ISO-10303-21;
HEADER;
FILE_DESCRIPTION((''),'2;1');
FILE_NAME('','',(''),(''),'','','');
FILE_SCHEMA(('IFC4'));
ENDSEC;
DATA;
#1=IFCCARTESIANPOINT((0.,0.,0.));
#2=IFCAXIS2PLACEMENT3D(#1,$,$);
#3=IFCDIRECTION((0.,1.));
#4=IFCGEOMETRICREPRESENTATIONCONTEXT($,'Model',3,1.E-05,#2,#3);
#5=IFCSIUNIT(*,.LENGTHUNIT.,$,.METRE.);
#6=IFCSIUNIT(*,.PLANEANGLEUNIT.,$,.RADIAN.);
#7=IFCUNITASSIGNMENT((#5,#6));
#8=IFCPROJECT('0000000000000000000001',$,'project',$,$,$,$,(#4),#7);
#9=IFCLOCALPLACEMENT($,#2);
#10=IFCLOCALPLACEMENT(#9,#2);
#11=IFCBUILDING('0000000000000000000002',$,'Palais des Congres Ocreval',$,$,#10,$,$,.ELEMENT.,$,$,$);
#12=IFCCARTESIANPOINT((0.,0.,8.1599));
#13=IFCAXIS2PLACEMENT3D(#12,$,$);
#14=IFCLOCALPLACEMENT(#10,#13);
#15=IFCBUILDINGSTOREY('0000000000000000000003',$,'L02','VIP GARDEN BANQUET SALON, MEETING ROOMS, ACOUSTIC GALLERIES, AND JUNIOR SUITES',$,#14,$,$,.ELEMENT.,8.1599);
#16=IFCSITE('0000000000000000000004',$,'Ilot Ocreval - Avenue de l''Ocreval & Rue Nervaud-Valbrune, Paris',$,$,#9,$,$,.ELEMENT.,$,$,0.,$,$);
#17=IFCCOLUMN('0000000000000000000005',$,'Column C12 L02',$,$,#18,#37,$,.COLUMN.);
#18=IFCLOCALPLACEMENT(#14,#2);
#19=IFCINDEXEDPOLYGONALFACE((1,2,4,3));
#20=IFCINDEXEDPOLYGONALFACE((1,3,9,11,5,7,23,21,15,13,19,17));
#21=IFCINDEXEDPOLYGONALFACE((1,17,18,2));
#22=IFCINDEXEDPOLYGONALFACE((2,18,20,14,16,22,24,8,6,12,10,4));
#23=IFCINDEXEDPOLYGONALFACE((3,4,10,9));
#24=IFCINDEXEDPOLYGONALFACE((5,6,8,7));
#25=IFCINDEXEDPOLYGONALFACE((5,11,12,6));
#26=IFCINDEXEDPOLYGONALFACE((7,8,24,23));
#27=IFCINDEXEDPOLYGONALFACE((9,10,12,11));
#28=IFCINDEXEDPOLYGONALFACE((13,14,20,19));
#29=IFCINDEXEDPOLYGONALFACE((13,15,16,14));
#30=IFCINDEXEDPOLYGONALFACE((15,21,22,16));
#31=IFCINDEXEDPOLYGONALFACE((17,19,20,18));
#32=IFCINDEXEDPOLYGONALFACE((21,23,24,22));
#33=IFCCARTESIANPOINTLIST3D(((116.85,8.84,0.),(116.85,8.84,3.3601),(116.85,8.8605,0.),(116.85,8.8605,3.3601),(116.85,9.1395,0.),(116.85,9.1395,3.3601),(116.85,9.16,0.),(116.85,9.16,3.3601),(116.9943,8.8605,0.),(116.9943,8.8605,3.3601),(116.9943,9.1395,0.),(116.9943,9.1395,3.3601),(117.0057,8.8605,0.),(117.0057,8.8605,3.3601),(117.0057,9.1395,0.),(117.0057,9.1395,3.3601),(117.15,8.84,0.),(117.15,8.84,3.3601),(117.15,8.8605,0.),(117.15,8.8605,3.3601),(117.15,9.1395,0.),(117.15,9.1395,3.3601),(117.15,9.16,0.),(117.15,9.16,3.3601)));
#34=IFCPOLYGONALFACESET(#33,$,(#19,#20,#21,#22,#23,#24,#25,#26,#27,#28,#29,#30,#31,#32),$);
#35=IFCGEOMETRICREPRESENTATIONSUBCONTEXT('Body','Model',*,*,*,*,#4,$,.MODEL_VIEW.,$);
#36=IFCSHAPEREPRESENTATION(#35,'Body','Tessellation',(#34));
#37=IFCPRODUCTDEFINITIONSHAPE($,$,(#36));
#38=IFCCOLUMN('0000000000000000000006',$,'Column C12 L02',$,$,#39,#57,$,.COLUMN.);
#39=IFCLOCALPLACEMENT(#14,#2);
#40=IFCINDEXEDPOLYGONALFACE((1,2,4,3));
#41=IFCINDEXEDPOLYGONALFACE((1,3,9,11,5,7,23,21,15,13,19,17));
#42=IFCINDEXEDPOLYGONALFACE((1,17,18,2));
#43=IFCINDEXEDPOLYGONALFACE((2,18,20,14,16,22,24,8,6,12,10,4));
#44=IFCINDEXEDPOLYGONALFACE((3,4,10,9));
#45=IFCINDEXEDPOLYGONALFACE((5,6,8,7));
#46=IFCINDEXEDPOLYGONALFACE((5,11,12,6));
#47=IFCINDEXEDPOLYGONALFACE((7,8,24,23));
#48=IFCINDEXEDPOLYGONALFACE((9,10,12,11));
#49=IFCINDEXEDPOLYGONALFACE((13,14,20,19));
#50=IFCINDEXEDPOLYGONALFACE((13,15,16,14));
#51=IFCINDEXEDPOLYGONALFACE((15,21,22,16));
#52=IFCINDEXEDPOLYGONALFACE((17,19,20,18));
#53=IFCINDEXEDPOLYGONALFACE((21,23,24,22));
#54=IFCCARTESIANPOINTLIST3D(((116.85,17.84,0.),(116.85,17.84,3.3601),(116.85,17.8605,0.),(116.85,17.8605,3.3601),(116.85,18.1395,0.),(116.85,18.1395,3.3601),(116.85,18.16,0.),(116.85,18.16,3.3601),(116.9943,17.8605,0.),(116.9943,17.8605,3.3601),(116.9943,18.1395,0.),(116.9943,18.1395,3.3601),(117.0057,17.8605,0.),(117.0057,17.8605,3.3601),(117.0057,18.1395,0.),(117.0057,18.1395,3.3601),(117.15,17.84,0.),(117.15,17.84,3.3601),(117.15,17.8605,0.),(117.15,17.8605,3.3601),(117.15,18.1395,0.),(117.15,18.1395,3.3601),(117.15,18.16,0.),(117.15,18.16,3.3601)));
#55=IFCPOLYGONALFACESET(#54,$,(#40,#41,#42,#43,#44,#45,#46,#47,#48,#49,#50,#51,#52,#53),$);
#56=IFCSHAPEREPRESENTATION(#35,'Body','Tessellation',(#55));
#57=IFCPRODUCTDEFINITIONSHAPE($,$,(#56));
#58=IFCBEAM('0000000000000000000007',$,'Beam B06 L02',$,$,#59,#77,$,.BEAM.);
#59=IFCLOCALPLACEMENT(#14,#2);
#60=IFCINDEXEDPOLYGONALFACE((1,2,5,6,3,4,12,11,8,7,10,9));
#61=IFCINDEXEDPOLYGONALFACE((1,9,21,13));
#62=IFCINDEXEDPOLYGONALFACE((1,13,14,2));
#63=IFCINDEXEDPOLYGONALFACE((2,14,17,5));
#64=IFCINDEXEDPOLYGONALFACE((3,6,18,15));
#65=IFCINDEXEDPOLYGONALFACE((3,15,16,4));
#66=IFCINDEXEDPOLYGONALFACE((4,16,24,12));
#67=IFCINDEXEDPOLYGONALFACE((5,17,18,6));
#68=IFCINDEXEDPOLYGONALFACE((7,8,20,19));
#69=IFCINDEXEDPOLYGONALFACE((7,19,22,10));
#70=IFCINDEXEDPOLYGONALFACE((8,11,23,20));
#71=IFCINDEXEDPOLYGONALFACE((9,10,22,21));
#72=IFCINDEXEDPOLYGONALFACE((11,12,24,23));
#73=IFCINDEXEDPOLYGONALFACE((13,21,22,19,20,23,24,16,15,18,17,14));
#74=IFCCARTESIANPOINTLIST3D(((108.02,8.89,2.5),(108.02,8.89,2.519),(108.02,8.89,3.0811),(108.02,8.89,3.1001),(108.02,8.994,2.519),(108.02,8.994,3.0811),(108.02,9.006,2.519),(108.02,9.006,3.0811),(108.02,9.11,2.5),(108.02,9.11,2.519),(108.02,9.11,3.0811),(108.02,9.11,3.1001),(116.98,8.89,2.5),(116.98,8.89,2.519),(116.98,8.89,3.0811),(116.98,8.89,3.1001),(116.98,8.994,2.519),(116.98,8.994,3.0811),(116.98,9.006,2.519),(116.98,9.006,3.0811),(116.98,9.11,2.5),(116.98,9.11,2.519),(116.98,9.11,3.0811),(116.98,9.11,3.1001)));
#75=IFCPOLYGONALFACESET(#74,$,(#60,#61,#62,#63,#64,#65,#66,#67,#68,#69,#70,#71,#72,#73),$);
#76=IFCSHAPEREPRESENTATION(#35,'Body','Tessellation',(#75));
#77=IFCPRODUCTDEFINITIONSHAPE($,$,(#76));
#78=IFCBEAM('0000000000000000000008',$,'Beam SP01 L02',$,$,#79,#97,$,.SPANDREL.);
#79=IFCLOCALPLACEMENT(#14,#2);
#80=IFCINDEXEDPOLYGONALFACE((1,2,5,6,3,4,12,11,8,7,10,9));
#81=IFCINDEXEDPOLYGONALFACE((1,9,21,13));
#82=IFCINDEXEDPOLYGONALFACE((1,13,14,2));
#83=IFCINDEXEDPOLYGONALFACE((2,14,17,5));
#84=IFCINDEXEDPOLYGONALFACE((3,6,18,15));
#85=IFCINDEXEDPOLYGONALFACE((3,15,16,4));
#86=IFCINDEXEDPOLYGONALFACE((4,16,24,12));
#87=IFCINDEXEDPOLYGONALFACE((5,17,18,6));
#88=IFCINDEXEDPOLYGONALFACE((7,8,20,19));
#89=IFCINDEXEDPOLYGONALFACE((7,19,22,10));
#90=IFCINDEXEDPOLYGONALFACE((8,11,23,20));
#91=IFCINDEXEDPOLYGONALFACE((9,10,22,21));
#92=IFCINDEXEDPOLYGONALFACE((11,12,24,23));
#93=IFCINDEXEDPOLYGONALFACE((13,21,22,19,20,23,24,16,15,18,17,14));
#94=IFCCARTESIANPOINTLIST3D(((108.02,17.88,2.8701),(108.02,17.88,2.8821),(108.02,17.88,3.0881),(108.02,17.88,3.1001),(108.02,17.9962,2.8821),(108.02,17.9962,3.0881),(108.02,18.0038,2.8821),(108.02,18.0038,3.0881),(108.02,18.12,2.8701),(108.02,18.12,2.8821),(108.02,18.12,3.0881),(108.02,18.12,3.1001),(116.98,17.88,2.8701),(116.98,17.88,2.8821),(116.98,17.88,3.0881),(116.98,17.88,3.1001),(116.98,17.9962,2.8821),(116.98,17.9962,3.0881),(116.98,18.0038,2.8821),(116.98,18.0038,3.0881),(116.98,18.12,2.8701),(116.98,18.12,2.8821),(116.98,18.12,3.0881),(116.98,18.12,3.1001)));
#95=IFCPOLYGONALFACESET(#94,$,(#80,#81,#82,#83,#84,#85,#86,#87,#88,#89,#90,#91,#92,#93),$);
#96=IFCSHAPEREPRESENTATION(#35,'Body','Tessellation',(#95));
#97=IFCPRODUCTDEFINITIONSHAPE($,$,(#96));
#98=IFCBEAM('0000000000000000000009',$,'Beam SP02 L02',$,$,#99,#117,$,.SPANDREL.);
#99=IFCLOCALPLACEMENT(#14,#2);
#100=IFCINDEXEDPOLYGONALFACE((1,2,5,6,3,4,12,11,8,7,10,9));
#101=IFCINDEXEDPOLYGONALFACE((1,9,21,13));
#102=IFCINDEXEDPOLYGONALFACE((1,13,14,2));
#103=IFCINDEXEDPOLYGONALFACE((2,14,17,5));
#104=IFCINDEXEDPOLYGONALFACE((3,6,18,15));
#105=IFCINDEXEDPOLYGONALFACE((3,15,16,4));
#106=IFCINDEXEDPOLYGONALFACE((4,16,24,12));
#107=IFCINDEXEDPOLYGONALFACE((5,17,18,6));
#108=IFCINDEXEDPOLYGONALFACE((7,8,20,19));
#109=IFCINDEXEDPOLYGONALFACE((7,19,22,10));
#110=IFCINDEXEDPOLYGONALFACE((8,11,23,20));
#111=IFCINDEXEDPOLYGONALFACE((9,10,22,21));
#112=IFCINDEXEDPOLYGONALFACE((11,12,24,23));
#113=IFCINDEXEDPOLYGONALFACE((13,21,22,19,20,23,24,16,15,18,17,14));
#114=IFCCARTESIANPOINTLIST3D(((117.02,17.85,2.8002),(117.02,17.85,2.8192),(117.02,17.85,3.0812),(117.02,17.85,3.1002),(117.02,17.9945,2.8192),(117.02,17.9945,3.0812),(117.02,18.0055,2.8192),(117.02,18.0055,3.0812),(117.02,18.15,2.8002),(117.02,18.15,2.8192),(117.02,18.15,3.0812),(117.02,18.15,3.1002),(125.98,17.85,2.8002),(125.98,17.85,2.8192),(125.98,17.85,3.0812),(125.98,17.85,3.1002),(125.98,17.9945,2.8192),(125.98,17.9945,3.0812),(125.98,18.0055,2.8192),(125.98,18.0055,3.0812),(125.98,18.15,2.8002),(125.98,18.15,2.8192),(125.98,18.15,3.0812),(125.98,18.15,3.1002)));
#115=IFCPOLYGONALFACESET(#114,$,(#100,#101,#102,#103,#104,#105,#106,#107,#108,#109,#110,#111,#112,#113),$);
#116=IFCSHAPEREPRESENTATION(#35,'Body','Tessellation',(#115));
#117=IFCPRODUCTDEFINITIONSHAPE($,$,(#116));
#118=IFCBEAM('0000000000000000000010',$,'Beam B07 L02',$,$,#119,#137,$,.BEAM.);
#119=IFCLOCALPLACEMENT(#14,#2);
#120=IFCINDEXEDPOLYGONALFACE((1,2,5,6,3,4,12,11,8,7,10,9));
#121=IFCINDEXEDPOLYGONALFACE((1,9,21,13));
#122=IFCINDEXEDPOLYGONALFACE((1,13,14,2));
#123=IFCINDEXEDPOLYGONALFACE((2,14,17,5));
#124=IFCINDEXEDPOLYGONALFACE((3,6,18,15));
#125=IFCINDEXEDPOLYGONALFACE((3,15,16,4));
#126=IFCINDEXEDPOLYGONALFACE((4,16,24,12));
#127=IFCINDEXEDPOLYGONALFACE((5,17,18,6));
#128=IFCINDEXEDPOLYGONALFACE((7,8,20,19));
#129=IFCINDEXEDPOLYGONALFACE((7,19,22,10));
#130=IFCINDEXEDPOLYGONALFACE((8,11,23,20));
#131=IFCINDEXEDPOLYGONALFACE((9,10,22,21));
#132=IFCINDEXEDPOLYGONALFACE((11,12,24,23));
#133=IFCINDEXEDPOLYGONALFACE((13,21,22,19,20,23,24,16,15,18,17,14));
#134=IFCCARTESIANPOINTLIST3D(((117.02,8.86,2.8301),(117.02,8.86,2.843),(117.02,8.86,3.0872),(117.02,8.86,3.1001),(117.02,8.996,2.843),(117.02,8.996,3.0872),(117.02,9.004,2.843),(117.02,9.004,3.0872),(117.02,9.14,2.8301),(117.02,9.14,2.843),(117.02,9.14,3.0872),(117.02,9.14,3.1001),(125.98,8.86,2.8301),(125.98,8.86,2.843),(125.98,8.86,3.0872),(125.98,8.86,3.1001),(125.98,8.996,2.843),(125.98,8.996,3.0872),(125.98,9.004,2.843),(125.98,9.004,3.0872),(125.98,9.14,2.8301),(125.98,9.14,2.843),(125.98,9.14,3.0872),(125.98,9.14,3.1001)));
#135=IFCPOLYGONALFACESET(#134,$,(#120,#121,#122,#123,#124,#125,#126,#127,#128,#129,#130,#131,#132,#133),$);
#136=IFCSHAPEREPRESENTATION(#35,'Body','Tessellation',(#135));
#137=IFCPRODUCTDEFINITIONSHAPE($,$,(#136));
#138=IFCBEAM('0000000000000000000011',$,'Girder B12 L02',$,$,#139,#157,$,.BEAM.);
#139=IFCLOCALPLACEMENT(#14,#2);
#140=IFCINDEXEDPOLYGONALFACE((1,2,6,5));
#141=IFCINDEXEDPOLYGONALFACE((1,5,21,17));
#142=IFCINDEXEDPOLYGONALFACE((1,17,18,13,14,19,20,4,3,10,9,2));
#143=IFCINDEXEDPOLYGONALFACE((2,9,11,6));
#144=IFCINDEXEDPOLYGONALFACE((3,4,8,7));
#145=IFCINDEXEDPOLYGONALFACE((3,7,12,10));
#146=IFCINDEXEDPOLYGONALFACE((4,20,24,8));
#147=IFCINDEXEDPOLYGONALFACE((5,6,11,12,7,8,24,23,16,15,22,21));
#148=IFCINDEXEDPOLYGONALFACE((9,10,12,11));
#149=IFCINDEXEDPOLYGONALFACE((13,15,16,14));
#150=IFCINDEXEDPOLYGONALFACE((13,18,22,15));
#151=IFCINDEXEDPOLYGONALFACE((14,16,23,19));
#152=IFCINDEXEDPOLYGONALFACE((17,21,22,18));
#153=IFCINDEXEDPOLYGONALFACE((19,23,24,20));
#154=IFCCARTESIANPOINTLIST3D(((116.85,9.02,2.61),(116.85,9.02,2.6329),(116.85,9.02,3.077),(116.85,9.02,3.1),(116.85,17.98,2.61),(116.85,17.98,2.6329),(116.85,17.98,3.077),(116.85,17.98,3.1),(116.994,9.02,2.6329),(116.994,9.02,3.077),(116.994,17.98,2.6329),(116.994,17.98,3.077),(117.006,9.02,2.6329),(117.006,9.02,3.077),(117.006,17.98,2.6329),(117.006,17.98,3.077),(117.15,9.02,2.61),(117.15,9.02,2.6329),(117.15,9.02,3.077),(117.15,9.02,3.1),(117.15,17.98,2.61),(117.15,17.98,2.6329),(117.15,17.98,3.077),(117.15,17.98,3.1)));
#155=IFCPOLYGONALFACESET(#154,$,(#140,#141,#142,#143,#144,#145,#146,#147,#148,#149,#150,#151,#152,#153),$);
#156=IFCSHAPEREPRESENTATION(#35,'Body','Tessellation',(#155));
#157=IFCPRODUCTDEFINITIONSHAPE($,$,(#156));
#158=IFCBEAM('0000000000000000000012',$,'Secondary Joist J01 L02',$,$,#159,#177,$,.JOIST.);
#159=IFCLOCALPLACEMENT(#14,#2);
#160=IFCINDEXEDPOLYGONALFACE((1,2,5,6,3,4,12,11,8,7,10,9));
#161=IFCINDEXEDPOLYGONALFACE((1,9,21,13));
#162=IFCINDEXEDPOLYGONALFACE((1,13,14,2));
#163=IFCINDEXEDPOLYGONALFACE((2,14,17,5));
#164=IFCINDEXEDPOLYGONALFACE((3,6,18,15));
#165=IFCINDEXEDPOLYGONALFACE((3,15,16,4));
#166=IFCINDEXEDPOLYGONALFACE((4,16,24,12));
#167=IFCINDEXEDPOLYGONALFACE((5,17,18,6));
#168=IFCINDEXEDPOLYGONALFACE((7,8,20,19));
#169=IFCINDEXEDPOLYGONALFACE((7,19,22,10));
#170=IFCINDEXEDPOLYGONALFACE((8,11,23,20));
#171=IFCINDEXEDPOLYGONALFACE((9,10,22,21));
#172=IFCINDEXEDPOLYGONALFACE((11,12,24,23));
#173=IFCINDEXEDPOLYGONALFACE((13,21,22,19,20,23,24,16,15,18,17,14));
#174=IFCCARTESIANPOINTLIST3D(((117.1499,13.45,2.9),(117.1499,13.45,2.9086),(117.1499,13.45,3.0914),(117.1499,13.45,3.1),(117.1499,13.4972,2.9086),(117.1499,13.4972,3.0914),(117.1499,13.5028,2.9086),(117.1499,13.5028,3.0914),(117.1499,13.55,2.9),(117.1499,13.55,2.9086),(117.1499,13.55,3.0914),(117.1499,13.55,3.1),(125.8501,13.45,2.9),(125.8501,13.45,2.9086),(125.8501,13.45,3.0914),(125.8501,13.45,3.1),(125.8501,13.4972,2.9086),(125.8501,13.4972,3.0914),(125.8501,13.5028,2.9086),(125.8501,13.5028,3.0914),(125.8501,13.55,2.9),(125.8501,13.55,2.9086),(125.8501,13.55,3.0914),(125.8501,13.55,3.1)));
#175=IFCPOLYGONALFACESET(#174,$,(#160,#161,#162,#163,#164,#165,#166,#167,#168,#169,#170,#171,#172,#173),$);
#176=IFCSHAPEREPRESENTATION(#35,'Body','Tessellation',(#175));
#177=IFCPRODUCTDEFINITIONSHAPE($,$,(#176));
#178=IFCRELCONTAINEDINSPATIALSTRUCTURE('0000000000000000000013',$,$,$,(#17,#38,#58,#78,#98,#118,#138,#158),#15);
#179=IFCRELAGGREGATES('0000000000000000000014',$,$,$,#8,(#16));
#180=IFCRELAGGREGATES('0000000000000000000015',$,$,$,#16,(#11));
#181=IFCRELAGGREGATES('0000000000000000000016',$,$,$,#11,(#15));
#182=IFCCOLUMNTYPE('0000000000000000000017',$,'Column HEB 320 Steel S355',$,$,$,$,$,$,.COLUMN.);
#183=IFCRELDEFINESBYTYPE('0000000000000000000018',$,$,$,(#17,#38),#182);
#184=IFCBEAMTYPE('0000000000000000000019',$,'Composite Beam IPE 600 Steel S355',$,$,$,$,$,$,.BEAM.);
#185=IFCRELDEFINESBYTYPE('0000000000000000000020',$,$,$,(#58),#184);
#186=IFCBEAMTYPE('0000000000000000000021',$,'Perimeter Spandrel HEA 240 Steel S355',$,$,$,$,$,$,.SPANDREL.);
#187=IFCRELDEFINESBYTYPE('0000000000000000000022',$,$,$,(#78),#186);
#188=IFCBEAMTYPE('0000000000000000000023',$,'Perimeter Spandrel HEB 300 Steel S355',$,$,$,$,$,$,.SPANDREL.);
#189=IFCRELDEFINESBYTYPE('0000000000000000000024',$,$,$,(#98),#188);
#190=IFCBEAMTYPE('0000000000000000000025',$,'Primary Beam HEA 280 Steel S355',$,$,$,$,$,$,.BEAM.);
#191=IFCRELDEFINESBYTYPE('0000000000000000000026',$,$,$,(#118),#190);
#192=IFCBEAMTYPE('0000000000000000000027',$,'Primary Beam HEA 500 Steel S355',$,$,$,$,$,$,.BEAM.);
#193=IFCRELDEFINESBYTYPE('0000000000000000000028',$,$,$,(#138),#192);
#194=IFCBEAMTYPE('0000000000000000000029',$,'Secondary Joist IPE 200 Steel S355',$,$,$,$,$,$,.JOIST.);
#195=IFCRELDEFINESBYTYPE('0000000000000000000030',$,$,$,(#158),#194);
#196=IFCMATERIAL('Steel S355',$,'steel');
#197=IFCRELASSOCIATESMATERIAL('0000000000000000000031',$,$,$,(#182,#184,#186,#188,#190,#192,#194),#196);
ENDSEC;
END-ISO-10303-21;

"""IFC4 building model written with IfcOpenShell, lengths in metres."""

from ifc_helpers import new_model, si_unit, direction, frame, origin, origin_2d, place, context, subcontext, project, spatial, i_section, extrude, material, material_profile, profile_set, type_object, element, save


model = new_model("IFC4")

# Units and contexts
model_context = context("Model", 3, precision=1e-05, world=origin(), true_north=direction((0.0, 1.0)))
body_context = subcontext(model_context, "Body", "Model", "MODEL_VIEW")
ifc_project = project(units=[si_unit("LENGTHUNIT", "METRE"), si_unit("PLANEANGLEUNIT", "RADIAN")], contexts=[model_context])

# Site, building, storey
site_placement = place(None, origin())
site = spatial("IfcSite", under=ifc_project, at=site_placement, Name="Ilot Ocreval - Avenue de l'Ocreval & Rue Nervaud-Valbrune, Paris", CompositionType="ELEMENT", RefElevation=0.0)
building_placement = place(site_placement, origin())
building = spatial("IfcBuilding", under=site, at=building_placement, Name="Palais des Congres Ocreval", CompositionType="ELEMENT")
storey_placement = place(building_placement, frame((0.0, 0.0, 8.1599)))
storey = spatial("IfcBuildingStorey", under=building, at=storey_placement, Name="L02", Description="VIP GARDEN BANQUET SALON, MEETING ROOMS, ACOUSTIC GALLERIES, AND JUNIOR SUITES", CompositionType="ELEMENT", Elevation=8.1599)

# Columns
ifc_material_1 = material(Name="Steel S355", Category="steel")
ifc_material_profile_1 = material_profile(ifc_material_1, i_section(OverallWidth=0.3, OverallDepth=0.3201, WebThickness=0.0115, FlangeThickness=0.0205, at=origin_2d()), Name="HEB 320")
ifc_profile_set_1 = profile_set([ifc_material_profile_1], Name="Steel S355")
column_type = type_object("IfcColumnType", Name="Column HEB 320 Steel S355", PredefinedType="COLUMN", material=ifc_profile_set_1)
for number, where, z_axis, x_axis, name in (
    (1, (117.0, 9.0, 0.0), (0.0, 0.0, 1.0), (1.0, 0.0, 0.0), "Column C12 L02"),
    (2, (117.0, 18.0, 0.0), (0.0, 0.0, 1.0), (1.0, 0.0, 0.0), "Column C12 L02"),
):
    element("IfcColumn", number, at=place(storey_placement, frame(where, z_axis=z_axis, x_axis=x_axis)), inside=storey, type_object=column_type, Name=name, PredefinedType="COLUMN", context=body_context, shape_type="SweptSolid", body=[
        extrude(i_section(OverallWidth=0.3, OverallDepth=0.3201, WebThickness=0.0115, FlangeThickness=0.0205, at=origin_2d()), origin(), (0.0, 0.0, 1.0), 3.3601),
    ])

# Beams
ifc_material_profile_2 = material_profile(ifc_material_1, i_section(OverallWidth=0.22, OverallDepth=0.6001, WebThickness=0.012, FlangeThickness=0.019, at=origin_2d()), Name="IPE 600")
ifc_profile_set_2 = profile_set([ifc_material_profile_2], Name="Steel S355")
beam_type_1 = type_object("IfcBeamType", Name="Composite Beam IPE 600 Steel S355", PredefinedType="BEAM", material=ifc_profile_set_2)
beam_1_placement = place(storey_placement, frame((108.02, 9.0, 2.8), z_axis=(1.0, 0.0, 0.0), x_axis=(0.0, 1.0, 0.0)))
element("IfcBeam", 3, at=beam_1_placement, inside=storey, type_object=beam_type_1, Name="Beam B06 L02", PredefinedType="BEAM", context=body_context, shape_type="SweptSolid", body=[
    extrude(i_section(OverallWidth=0.22, OverallDepth=0.6001, WebThickness=0.012, FlangeThickness=0.019, at=origin_2d()), origin(), (0.0, 0.0, 1.0), 8.96),
])
ifc_material_profile_3 = material_profile(ifc_material_1, i_section(OverallWidth=0.24, OverallDepth=0.23, WebThickness=0.0076, FlangeThickness=0.012, at=origin_2d()), Name="HEA 240")
ifc_profile_set_3 = profile_set([ifc_material_profile_3], Name="Steel S355")
beam_type_2 = type_object("IfcBeamType", Name="Perimeter Spandrel HEA 240 Steel S355", PredefinedType="SPANDREL", material=ifc_profile_set_3)
beam_2_placement = place(storey_placement, frame((108.02, 18.0, 2.9851), z_axis=(1.0, 0.0, 0.0), x_axis=(0.0, 1.0, 0.0)))
element("IfcBeam", 4, at=beam_2_placement, inside=storey, type_object=beam_type_2, Name="Beam SP01 L02", PredefinedType="SPANDREL", context=body_context, shape_type="SweptSolid", body=[
    extrude(i_section(OverallWidth=0.24, OverallDepth=0.23, WebThickness=0.0076, FlangeThickness=0.012, at=origin_2d()), origin(), (0.0, 0.0, 1.0), 8.96),
])
ifc_material_profile_4 = material_profile(ifc_material_1, i_section(OverallWidth=0.3, OverallDepth=0.3, WebThickness=0.011, FlangeThickness=0.019, at=origin_2d()), Name="HEB 300")
ifc_profile_set_4 = profile_set([ifc_material_profile_4], Name="Steel S355")
beam_type_3 = type_object("IfcBeamType", Name="Perimeter Spandrel HEB 300 Steel S355", PredefinedType="SPANDREL", material=ifc_profile_set_4)
beam_3_placement = place(storey_placement, frame((117.02, 18.0, 2.9502), z_axis=(1.0, 0.0, 0.0), x_axis=(0.0, 1.0, 0.0)))
element("IfcBeam", 5, at=beam_3_placement, inside=storey, type_object=beam_type_3, Name="Beam SP02 L02", PredefinedType="SPANDREL", context=body_context, shape_type="SweptSolid", body=[
    extrude(i_section(OverallWidth=0.3, OverallDepth=0.3, WebThickness=0.011, FlangeThickness=0.019, at=origin_2d()), origin(), (0.0, 0.0, 1.0), 8.96),
])
ifc_material_profile_5 = material_profile(ifc_material_1, i_section(OverallWidth=0.28, OverallDepth=0.27, WebThickness=0.0081, FlangeThickness=0.0129, at=origin_2d()), Name="HEA 280")
ifc_profile_set_5 = profile_set([ifc_material_profile_5], Name="Steel S355")
beam_type_4 = type_object("IfcBeamType", Name="Primary Beam HEA 280 Steel S355", PredefinedType="BEAM", material=ifc_profile_set_5)
beam_4_placement = place(storey_placement, frame((117.02, 9.0, 2.9651), z_axis=(1.0, 0.0, 0.0), x_axis=(0.0, 1.0, 0.0)))
element("IfcBeam", 6, at=beam_4_placement, inside=storey, type_object=beam_type_4, Name="Beam B07 L02", PredefinedType="BEAM", context=body_context, shape_type="SweptSolid", body=[
    extrude(i_section(OverallWidth=0.28, OverallDepth=0.27, WebThickness=0.0081, FlangeThickness=0.0129, at=origin_2d()), origin(), (0.0, 0.0, 1.0), 8.96),
])
ifc_material_profile_6 = material_profile(ifc_material_1, i_section(OverallWidth=0.3, OverallDepth=0.49, WebThickness=0.012, FlangeThickness=0.0229, at=origin_2d()), Name="HEA 500")
ifc_profile_set_6 = profile_set([ifc_material_profile_6], Name="Steel S355")
beam_type_5 = type_object("IfcBeamType", Name="Primary Beam HEA 500 Steel S355", PredefinedType="BEAM", material=ifc_profile_set_6)
beam_5_placement = place(storey_placement, frame((117.0, 9.02, 2.855), z_axis=(0.0, 1.0, 0.0), x_axis=(-1.0, 0.0, 0.0)))
element("IfcBeam", 7, at=beam_5_placement, inside=storey, type_object=beam_type_5, Name="Girder B12 L02", PredefinedType="BEAM", context=body_context, shape_type="SweptSolid", body=[
    extrude(i_section(OverallWidth=0.3, OverallDepth=0.49, WebThickness=0.012, FlangeThickness=0.0229, at=origin_2d()), origin(), (0.0, 0.0, 1.0), 8.96),
])
ifc_material_profile_7 = material_profile(ifc_material_1, i_section(OverallWidth=0.1001, OverallDepth=0.2, WebThickness=0.0056, FlangeThickness=0.0085, at=origin_2d()), Name="IPE 200")
ifc_profile_set_7 = profile_set([ifc_material_profile_7], Name="Steel S355")
beam_type_6 = type_object("IfcBeamType", Name="Secondary Joist IPE 200 Steel S355", PredefinedType="JOIST", material=ifc_profile_set_7)
beam_6_placement = place(storey_placement, frame((117.1499, 13.5, 3.0), z_axis=(1.0, 0.0, 0.0), x_axis=(0.0, 1.0, 0.0)))
element("IfcBeam", 8, at=beam_6_placement, inside=storey, type_object=beam_type_6, Name="Secondary Joist J01 L02", PredefinedType="JOIST", context=body_context, shape_type="SweptSolid", body=[
    extrude(i_section(OverallWidth=0.1001, OverallDepth=0.2, WebThickness=0.0056, FlangeThickness=0.0085, at=origin_2d()), origin(), (0.0, 0.0, 1.0), 8.7002),
])

save(model, "model.ifc")
